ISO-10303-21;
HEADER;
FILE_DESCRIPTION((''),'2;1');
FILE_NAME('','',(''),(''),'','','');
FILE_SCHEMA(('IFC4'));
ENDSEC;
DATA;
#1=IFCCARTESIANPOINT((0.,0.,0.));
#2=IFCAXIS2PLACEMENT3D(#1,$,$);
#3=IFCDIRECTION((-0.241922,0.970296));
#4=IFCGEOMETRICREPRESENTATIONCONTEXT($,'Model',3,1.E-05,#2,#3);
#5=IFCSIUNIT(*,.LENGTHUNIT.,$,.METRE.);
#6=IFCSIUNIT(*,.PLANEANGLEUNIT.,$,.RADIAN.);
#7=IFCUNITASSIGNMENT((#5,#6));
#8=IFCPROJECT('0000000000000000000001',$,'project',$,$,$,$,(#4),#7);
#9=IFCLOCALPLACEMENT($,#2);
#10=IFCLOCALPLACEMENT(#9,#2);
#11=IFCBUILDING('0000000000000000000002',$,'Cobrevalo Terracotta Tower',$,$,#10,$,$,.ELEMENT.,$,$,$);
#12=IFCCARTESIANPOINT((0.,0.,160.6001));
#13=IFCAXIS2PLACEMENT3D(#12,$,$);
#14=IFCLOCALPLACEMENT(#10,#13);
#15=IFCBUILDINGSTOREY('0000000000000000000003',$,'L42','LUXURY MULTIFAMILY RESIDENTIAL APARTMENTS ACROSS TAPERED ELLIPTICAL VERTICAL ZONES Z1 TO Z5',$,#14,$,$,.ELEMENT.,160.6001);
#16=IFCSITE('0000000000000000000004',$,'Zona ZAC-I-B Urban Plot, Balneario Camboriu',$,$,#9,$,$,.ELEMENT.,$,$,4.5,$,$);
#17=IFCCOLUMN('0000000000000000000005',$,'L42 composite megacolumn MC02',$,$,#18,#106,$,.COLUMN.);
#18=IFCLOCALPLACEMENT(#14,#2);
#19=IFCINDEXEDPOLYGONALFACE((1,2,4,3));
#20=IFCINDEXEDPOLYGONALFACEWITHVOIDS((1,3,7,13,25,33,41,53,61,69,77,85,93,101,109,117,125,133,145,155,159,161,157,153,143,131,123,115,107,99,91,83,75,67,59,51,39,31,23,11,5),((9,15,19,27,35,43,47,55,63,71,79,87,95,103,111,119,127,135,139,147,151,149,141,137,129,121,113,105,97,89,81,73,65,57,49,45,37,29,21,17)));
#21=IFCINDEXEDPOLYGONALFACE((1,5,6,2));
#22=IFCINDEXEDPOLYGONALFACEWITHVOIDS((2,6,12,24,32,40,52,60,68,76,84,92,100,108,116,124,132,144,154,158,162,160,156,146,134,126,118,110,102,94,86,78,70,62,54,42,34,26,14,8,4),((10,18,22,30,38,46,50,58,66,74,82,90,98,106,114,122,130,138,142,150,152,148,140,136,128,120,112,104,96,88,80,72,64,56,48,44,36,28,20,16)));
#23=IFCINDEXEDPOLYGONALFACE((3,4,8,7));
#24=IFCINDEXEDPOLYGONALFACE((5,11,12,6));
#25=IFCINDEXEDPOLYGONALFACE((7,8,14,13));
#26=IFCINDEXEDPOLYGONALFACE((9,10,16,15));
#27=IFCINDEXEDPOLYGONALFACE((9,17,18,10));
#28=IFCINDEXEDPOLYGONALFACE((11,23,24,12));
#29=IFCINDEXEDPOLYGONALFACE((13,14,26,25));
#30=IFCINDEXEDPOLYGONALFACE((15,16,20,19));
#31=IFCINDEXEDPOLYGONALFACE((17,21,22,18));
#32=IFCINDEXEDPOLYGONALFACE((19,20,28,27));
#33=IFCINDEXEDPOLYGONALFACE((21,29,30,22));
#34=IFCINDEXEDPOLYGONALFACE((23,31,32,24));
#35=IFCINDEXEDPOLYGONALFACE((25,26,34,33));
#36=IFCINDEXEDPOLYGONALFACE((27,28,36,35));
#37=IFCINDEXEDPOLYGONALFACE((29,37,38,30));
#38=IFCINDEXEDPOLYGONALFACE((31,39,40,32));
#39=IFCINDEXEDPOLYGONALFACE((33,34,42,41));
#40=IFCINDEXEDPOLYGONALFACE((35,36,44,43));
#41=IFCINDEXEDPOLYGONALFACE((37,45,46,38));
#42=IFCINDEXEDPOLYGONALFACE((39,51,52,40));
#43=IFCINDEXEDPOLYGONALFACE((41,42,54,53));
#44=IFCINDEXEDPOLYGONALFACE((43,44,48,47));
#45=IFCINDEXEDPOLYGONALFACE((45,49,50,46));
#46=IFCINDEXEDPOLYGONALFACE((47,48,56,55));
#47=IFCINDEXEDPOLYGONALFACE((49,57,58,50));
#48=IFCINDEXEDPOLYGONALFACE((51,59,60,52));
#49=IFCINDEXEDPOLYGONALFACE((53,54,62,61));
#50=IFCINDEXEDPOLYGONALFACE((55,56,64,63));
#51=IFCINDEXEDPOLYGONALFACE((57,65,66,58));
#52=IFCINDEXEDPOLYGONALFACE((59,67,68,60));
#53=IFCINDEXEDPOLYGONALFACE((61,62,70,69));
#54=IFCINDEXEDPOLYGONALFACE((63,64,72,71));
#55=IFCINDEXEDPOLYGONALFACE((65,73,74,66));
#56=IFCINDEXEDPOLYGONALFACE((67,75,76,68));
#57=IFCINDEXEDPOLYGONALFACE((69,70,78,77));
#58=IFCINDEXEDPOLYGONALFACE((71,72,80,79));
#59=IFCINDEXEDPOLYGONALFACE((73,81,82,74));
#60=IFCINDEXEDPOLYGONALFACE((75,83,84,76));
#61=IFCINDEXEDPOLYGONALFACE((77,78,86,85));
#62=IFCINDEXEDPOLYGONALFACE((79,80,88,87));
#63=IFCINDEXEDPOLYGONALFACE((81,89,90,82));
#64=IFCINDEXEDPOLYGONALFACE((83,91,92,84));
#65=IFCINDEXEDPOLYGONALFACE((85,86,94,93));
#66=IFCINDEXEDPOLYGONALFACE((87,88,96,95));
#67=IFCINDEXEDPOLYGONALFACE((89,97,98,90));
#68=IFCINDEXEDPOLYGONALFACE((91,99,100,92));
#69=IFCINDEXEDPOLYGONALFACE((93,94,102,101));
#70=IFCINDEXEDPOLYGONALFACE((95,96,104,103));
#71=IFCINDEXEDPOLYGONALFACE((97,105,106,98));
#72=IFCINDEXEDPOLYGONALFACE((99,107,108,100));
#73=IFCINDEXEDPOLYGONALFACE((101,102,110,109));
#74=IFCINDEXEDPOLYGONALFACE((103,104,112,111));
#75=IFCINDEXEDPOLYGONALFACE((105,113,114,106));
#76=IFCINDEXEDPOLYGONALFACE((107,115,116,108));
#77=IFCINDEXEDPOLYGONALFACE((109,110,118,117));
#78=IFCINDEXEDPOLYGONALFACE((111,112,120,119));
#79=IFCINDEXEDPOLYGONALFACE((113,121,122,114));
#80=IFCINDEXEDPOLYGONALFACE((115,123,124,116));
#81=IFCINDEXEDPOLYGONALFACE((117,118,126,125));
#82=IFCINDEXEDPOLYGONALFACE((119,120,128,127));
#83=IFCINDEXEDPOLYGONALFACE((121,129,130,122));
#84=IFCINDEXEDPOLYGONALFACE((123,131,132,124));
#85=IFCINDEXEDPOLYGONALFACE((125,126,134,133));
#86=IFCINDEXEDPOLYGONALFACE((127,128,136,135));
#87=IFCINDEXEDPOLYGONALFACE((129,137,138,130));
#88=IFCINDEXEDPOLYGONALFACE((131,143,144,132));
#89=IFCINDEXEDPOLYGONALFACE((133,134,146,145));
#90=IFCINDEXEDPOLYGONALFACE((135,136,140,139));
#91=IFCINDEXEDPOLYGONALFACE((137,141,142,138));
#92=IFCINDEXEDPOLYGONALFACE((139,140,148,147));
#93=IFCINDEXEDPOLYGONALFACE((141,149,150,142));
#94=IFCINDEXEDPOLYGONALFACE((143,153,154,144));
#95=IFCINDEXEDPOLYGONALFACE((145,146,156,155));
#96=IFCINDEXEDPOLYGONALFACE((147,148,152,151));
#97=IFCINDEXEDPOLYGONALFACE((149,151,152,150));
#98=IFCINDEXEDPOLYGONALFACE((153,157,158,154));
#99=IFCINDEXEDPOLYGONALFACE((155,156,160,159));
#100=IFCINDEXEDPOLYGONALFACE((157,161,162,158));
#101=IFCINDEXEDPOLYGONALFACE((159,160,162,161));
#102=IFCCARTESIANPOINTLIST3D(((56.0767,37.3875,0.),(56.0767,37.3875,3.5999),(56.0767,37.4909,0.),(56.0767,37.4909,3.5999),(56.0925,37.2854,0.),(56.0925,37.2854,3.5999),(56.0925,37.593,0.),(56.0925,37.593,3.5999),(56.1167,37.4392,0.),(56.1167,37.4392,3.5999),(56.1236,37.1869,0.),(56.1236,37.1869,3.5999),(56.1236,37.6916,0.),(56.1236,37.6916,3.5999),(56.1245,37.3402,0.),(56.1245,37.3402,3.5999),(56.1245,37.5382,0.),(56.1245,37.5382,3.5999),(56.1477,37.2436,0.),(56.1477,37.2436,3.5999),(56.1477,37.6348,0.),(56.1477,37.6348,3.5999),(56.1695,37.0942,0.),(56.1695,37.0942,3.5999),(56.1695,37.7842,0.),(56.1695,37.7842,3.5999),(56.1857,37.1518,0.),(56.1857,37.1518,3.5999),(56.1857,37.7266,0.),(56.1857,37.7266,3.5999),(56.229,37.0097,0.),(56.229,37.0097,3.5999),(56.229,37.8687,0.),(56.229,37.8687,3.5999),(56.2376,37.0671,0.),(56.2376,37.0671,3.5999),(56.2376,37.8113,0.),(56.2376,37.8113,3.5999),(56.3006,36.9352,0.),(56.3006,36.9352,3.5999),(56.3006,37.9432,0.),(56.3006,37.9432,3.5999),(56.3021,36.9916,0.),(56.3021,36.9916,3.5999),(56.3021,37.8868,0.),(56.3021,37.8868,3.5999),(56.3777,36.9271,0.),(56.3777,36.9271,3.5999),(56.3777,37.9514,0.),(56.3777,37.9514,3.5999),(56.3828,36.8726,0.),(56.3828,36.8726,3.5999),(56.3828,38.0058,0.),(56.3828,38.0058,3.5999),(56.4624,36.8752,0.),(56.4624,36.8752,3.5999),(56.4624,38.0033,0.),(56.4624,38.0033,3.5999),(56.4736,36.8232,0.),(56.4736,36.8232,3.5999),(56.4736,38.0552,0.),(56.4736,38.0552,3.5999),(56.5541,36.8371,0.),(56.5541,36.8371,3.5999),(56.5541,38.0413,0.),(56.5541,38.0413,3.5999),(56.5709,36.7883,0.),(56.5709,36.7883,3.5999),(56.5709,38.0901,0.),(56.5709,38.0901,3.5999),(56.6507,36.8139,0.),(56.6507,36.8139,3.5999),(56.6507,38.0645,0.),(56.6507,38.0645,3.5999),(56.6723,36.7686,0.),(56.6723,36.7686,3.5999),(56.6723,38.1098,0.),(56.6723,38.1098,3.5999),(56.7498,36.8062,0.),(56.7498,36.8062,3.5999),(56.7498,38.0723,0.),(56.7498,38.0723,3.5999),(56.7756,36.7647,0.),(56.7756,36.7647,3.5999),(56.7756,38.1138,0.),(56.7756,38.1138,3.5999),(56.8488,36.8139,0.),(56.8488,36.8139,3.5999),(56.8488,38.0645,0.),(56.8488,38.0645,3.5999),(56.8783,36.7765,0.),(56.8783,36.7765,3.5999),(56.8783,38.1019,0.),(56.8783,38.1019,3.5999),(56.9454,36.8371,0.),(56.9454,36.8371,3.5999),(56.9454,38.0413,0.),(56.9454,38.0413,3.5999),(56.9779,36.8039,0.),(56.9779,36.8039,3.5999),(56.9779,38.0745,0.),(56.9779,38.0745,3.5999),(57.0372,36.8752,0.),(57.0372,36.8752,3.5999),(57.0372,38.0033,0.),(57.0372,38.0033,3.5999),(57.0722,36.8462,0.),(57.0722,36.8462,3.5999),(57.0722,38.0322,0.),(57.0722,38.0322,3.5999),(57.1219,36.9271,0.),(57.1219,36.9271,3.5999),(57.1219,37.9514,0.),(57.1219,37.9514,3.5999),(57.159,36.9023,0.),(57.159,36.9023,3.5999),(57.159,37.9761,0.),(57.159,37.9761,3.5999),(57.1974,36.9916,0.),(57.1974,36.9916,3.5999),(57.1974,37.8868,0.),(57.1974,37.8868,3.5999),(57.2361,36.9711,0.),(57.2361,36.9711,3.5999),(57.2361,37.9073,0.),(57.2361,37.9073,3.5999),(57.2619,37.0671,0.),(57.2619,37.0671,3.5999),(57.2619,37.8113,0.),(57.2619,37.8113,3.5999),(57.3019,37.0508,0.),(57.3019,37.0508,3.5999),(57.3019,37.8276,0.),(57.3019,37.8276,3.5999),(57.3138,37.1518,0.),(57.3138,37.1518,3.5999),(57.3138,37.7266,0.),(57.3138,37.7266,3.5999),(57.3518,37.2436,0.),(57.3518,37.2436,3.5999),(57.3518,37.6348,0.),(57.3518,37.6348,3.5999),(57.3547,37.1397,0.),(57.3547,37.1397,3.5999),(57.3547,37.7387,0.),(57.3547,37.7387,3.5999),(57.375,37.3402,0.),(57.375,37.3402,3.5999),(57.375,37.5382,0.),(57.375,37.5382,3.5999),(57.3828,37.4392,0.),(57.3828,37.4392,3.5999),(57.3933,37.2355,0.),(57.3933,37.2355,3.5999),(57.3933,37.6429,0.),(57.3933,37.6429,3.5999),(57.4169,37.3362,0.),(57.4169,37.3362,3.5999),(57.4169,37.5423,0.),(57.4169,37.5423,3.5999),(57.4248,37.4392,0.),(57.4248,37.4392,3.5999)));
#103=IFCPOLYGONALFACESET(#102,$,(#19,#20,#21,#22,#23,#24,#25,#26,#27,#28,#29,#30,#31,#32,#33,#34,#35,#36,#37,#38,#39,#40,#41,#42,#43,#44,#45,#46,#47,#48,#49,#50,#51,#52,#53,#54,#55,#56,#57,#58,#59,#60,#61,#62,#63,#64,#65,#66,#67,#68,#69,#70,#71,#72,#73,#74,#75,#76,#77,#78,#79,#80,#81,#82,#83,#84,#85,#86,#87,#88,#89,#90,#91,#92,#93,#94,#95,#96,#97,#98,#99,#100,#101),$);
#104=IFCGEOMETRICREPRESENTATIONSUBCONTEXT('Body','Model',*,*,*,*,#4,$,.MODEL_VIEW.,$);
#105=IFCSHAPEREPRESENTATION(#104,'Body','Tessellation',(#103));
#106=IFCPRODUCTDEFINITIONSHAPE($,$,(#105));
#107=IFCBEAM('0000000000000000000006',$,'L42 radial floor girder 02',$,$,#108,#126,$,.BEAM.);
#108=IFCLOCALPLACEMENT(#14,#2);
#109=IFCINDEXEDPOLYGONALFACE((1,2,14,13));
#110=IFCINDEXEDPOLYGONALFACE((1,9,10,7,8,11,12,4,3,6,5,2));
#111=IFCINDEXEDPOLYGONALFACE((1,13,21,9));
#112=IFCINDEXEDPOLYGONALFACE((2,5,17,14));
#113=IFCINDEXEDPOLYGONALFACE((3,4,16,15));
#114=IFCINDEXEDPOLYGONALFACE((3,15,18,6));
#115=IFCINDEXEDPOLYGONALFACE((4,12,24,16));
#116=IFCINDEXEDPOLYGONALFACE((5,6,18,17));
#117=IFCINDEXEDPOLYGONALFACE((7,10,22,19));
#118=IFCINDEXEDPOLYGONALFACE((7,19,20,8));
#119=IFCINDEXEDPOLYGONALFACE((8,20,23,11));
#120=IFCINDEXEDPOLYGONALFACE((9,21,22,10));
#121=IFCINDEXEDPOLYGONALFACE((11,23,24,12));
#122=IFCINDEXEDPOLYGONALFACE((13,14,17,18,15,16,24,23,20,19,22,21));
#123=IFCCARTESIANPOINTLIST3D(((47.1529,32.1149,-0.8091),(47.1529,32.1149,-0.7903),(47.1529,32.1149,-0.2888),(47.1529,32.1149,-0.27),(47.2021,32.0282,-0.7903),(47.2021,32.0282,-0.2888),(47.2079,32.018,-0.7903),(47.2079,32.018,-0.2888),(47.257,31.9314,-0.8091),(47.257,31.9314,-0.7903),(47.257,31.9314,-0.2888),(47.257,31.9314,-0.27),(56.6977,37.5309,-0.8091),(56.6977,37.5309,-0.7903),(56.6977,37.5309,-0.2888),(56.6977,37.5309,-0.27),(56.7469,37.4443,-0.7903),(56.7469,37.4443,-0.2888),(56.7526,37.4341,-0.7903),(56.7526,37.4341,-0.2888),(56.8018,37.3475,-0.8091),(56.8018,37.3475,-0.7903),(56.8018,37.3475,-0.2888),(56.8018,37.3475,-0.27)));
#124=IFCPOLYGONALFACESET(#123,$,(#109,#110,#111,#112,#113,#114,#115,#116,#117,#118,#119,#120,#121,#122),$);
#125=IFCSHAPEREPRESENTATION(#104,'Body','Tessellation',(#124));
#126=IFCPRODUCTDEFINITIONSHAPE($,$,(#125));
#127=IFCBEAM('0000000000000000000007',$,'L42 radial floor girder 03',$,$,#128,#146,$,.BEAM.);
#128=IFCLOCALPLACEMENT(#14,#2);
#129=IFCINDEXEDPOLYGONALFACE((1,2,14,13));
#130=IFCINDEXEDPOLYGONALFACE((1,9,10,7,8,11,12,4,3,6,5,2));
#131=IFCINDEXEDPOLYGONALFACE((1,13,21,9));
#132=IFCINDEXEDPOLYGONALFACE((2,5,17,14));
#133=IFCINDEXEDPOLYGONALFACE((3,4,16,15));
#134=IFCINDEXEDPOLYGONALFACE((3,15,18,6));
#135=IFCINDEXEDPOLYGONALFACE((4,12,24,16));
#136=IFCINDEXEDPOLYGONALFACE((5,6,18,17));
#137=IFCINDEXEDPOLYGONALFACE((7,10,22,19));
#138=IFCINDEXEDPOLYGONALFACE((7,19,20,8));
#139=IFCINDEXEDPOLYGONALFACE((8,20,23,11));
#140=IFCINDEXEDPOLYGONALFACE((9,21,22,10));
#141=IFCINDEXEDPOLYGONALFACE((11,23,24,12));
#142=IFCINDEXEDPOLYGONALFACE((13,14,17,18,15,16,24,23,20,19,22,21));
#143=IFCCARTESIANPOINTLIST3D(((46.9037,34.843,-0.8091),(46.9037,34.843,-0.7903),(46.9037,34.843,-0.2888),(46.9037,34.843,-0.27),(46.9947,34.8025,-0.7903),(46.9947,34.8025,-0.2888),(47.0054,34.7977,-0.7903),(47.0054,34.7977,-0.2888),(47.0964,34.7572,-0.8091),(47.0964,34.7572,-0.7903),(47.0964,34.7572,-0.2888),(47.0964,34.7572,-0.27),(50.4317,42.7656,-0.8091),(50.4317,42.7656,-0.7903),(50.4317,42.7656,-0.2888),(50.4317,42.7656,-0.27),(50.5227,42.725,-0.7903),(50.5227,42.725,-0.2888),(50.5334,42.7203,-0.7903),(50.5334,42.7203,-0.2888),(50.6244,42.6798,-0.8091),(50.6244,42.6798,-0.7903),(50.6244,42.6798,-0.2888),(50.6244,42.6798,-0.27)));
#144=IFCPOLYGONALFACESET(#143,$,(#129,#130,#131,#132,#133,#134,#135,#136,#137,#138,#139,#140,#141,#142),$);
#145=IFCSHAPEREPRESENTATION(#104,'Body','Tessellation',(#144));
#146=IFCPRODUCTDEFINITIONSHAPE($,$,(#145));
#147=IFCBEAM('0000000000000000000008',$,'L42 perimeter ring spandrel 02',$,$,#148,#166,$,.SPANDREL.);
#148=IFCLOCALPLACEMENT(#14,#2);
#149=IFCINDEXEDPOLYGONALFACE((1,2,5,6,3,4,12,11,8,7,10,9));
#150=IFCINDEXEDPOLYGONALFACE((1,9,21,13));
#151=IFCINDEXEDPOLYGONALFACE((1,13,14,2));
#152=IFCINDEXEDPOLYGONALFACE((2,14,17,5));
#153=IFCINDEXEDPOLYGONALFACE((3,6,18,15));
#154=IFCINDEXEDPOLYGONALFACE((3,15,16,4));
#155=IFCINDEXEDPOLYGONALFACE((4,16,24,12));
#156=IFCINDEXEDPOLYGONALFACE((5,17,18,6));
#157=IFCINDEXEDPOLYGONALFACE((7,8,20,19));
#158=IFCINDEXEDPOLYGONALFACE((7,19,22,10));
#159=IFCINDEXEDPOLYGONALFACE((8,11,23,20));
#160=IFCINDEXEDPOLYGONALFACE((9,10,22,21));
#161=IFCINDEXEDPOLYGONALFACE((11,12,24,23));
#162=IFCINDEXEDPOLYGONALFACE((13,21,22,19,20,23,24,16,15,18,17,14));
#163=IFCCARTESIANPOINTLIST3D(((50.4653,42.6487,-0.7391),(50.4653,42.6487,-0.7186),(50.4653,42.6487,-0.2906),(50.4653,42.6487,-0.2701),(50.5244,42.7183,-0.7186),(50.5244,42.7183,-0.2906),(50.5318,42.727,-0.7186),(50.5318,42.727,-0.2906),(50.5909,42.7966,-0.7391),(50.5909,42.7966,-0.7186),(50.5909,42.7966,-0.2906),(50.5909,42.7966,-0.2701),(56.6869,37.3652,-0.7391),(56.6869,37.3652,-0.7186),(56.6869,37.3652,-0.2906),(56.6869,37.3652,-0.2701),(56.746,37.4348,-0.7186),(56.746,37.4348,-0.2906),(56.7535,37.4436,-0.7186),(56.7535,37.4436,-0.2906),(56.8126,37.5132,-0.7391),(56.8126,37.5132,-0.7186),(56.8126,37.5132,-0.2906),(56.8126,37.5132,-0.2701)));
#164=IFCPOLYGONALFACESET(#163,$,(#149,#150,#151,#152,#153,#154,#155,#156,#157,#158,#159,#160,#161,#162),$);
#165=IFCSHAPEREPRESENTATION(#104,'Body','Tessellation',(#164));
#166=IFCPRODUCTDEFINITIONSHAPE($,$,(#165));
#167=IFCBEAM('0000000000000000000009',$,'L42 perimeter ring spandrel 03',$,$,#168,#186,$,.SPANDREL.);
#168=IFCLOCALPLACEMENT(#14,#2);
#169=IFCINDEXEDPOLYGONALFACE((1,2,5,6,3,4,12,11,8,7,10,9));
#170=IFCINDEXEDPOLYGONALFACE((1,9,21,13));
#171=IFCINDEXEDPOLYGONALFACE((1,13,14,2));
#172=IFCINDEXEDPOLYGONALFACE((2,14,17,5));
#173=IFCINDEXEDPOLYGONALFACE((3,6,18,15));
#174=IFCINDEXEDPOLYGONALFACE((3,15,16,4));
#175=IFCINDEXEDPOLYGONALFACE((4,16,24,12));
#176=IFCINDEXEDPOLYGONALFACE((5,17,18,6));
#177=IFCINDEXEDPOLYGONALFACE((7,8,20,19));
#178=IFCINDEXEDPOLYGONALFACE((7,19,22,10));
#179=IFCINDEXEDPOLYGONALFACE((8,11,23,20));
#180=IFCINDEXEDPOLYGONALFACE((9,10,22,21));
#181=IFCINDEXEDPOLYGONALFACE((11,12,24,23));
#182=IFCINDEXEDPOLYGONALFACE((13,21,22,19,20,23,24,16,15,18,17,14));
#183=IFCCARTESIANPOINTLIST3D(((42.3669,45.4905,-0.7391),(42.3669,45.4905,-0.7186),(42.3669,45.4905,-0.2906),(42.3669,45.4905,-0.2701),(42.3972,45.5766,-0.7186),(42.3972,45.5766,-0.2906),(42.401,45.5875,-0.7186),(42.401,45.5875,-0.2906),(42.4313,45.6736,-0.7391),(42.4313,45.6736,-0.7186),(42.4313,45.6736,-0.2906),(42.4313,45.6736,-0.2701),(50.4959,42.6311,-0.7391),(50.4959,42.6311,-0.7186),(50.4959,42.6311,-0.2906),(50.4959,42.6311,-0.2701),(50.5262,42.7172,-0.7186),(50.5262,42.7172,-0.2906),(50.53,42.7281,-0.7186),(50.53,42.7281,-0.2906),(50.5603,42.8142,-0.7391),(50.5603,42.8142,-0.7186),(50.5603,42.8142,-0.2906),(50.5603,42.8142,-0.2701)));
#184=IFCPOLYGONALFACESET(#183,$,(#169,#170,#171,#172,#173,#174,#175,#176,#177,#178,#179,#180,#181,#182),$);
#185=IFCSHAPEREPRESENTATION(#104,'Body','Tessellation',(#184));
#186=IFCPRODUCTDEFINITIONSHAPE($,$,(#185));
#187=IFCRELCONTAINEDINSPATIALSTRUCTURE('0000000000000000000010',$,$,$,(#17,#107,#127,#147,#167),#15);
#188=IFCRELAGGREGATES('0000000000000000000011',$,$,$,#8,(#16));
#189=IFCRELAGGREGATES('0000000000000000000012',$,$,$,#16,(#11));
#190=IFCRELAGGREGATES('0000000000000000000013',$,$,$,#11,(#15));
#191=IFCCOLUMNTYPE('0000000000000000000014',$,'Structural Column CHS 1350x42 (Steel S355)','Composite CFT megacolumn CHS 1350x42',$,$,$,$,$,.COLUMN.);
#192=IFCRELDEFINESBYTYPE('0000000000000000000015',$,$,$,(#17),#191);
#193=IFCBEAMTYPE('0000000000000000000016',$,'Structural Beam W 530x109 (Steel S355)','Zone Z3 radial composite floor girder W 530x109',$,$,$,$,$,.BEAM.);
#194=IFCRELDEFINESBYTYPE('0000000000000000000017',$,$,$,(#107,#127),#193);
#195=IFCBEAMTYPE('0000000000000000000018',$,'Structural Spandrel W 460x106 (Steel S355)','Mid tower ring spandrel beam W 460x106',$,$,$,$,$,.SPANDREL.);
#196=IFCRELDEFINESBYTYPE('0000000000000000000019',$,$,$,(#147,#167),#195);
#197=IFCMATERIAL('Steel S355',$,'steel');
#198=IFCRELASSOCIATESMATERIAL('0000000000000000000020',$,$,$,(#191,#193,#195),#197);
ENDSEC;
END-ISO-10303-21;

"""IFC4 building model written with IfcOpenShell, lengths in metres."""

from ifc_helpers import new_model, si_unit, direction, frame, origin, origin_2d, place, context, subcontext, project, spatial, hollow_circle, i_section, extrude, material, material_profile, profile_set, type_object, element, save


model = new_model("IFC4")

# Units and contexts
model_context = context("Model", 3, precision=1e-05, world=origin(), true_north=direction((-0.241922, 0.970296)))
body_context = subcontext(model_context, "Body", "Model", "MODEL_VIEW")
ifc_project = project(units=[si_unit("LENGTHUNIT", "METRE"), si_unit("PLANEANGLEUNIT", "RADIAN")], contexts=[model_context])

# Site, building, storey
site_placement = place(None, origin())
site = spatial("IfcSite", under=ifc_project, at=site_placement, Name="Zona ZAC-I-B Urban Plot, Balneario Camboriu", CompositionType="ELEMENT", RefElevation=4.5)
building_placement = place(site_placement, origin())
building = spatial("IfcBuilding", under=site, at=building_placement, Name="Cobrevalo Terracotta Tower", CompositionType="ELEMENT")
storey_placement = place(building_placement, frame((0.0, 0.0, 160.6001)))
storey = spatial("IfcBuildingStorey", under=building, at=storey_placement, Name="L42", Description="LUXURY MULTIFAMILY RESIDENTIAL APARTMENTS ACROSS TAPERED ELLIPTICAL VERTICAL ZONES Z1 TO Z5", CompositionType="ELEMENT", Elevation=160.6001)

# Column
ifc_material_1 = material(Name="Steel S355", Category="steel")
ifc_material_profile_1 = material_profile(ifc_material_1, hollow_circle(Radius=0.675, WallThickness=0.042, at=origin_2d()), Name="CHS 1350x42")
ifc_profile_set_1 = profile_set([ifc_material_profile_1], Name="Steel S355")
column_type = type_object("IfcColumnType", Name="Structural Column CHS 1350x42 (Steel S355)", Description="Composite CFT megacolumn CHS 1350x42", PredefinedType="COLUMN", material=ifc_profile_set_1)
column_placement = place(storey_placement, frame((56.7498, 37.4392, 0.0), z_axis=(0.0, 0.0, 1.0), x_axis=(1.0, 0.0, 0.0)))
element("IfcColumn", 1, at=column_placement, inside=storey, type_object=column_type, Name="L42 composite megacolumn MC02", PredefinedType="COLUMN", context=body_context, shape_type="SweptSolid", body=[
    extrude(hollow_circle(Radius=0.675, WallThickness=0.042, at=origin_2d()), origin(), (0.0, 0.0, 1.0), 3.5999),
])

# Beams
ifc_material_profile_2 = material_profile(ifc_material_1, i_section(OverallWidth=0.2109, OverallDepth=0.5391, WebThickness=0.0117, FlangeThickness=0.0188, at=origin_2d()), Name="W 530x109")
ifc_profile_set_2 = profile_set([ifc_material_profile_2], Name="Steel S355")
beam_type_1 = type_object("IfcBeamType", Name="Structural Beam W 530x109 (Steel S355)", Description="Zone Z3 radial composite floor girder W 530x109", PredefinedType="BEAM", material=ifc_profile_set_2)
beam_1_placement = place(storey_placement, frame((56.7498, 37.4392, -0.5396), z_axis=(-0.869734, -0.49352, 0.0), x_axis=(0.49352, -0.869734, 0.0)))
element("IfcBeam", 2, at=beam_1_placement, inside=storey, type_object=beam_type_1, Name="L42 radial floor girder 02", PredefinedType="BEAM", context=body_context, shape_type="SweptSolid", body=[
    extrude(i_section(OverallWidth=0.2109, OverallDepth=0.5391, WebThickness=0.0117, FlangeThickness=0.0188, at=origin_2d()), origin(), (0.0, 0.0, 1.0), 10.9744),
])
beam_2_placement = place(storey_placement, frame((50.5281, 42.7227, -0.5396), z_axis=(-0.406804, -0.913515, 0.0), x_axis=(0.913515, -0.406804, 0.0)))
element("IfcBeam", 3, at=beam_2_placement, inside=storey, type_object=beam_type_1, Name="L42 radial floor girder 03", PredefinedType="BEAM", context=body_context, shape_type="SweptSolid", body=[
    extrude(i_section(OverallWidth=0.2109, OverallDepth=0.5391, WebThickness=0.0117, FlangeThickness=0.0188, at=origin_2d()), origin(), (0.0, 0.0, 1.0), 8.6726),
])
ifc_material_profile_3 = material_profile(ifc_material_1, i_section(OverallWidth=0.1941, OverallDepth=0.469, WebThickness=0.0115, FlangeThickness=0.0205, at=origin_2d()), Name="W 460x106")
ifc_profile_set_3 = profile_set([ifc_material_profile_3], Name="Steel S355")
beam_type_2 = type_object("IfcBeamType", Name="Structural Spandrel W 460x106 (Steel S355)", Description="Mid tower ring spandrel beam W 460x106", PredefinedType="SPANDREL", material=ifc_profile_set_3)
beam_3_placement = place(storey_placement, frame((56.7498, 37.4392, -0.5046), z_axis=(-0.76224, 0.647294, 0.0), x_axis=(-0.647294, -0.76224, 0.0)))
element("IfcBeam", 4, at=beam_3_placement, inside=storey, type_object=beam_type_2, Name="L42 perimeter ring spandrel 02", PredefinedType="SPANDREL", context=body_context, shape_type="SweptSolid", body=[
    extrude(i_section(OverallWidth=0.1941, OverallDepth=0.469, WebThickness=0.0115, FlangeThickness=0.0205, at=origin_2d()), origin(), (0.0, 0.0, 1.0), 8.1624),
])
beam_4_placement = place(storey_placement, frame((50.5281, 42.7227, -0.5046), z_axis=(-0.943341, 0.331824, 0.0), x_axis=(-0.331824, -0.943341, 0.0)))
element("IfcBeam", 5, at=beam_4_placement, inside=storey, type_object=beam_type_2, Name="L42 perimeter ring spandrel 03", PredefinedType="SPANDREL", context=body_context, shape_type="SweptSolid", body=[
    extrude(i_section(OverallWidth=0.1941, OverallDepth=0.469, WebThickness=0.0115, FlangeThickness=0.0205, at=origin_2d()), origin(), (0.0, 0.0, 1.0), 8.6172),
])

save(model, "model.ifc")
